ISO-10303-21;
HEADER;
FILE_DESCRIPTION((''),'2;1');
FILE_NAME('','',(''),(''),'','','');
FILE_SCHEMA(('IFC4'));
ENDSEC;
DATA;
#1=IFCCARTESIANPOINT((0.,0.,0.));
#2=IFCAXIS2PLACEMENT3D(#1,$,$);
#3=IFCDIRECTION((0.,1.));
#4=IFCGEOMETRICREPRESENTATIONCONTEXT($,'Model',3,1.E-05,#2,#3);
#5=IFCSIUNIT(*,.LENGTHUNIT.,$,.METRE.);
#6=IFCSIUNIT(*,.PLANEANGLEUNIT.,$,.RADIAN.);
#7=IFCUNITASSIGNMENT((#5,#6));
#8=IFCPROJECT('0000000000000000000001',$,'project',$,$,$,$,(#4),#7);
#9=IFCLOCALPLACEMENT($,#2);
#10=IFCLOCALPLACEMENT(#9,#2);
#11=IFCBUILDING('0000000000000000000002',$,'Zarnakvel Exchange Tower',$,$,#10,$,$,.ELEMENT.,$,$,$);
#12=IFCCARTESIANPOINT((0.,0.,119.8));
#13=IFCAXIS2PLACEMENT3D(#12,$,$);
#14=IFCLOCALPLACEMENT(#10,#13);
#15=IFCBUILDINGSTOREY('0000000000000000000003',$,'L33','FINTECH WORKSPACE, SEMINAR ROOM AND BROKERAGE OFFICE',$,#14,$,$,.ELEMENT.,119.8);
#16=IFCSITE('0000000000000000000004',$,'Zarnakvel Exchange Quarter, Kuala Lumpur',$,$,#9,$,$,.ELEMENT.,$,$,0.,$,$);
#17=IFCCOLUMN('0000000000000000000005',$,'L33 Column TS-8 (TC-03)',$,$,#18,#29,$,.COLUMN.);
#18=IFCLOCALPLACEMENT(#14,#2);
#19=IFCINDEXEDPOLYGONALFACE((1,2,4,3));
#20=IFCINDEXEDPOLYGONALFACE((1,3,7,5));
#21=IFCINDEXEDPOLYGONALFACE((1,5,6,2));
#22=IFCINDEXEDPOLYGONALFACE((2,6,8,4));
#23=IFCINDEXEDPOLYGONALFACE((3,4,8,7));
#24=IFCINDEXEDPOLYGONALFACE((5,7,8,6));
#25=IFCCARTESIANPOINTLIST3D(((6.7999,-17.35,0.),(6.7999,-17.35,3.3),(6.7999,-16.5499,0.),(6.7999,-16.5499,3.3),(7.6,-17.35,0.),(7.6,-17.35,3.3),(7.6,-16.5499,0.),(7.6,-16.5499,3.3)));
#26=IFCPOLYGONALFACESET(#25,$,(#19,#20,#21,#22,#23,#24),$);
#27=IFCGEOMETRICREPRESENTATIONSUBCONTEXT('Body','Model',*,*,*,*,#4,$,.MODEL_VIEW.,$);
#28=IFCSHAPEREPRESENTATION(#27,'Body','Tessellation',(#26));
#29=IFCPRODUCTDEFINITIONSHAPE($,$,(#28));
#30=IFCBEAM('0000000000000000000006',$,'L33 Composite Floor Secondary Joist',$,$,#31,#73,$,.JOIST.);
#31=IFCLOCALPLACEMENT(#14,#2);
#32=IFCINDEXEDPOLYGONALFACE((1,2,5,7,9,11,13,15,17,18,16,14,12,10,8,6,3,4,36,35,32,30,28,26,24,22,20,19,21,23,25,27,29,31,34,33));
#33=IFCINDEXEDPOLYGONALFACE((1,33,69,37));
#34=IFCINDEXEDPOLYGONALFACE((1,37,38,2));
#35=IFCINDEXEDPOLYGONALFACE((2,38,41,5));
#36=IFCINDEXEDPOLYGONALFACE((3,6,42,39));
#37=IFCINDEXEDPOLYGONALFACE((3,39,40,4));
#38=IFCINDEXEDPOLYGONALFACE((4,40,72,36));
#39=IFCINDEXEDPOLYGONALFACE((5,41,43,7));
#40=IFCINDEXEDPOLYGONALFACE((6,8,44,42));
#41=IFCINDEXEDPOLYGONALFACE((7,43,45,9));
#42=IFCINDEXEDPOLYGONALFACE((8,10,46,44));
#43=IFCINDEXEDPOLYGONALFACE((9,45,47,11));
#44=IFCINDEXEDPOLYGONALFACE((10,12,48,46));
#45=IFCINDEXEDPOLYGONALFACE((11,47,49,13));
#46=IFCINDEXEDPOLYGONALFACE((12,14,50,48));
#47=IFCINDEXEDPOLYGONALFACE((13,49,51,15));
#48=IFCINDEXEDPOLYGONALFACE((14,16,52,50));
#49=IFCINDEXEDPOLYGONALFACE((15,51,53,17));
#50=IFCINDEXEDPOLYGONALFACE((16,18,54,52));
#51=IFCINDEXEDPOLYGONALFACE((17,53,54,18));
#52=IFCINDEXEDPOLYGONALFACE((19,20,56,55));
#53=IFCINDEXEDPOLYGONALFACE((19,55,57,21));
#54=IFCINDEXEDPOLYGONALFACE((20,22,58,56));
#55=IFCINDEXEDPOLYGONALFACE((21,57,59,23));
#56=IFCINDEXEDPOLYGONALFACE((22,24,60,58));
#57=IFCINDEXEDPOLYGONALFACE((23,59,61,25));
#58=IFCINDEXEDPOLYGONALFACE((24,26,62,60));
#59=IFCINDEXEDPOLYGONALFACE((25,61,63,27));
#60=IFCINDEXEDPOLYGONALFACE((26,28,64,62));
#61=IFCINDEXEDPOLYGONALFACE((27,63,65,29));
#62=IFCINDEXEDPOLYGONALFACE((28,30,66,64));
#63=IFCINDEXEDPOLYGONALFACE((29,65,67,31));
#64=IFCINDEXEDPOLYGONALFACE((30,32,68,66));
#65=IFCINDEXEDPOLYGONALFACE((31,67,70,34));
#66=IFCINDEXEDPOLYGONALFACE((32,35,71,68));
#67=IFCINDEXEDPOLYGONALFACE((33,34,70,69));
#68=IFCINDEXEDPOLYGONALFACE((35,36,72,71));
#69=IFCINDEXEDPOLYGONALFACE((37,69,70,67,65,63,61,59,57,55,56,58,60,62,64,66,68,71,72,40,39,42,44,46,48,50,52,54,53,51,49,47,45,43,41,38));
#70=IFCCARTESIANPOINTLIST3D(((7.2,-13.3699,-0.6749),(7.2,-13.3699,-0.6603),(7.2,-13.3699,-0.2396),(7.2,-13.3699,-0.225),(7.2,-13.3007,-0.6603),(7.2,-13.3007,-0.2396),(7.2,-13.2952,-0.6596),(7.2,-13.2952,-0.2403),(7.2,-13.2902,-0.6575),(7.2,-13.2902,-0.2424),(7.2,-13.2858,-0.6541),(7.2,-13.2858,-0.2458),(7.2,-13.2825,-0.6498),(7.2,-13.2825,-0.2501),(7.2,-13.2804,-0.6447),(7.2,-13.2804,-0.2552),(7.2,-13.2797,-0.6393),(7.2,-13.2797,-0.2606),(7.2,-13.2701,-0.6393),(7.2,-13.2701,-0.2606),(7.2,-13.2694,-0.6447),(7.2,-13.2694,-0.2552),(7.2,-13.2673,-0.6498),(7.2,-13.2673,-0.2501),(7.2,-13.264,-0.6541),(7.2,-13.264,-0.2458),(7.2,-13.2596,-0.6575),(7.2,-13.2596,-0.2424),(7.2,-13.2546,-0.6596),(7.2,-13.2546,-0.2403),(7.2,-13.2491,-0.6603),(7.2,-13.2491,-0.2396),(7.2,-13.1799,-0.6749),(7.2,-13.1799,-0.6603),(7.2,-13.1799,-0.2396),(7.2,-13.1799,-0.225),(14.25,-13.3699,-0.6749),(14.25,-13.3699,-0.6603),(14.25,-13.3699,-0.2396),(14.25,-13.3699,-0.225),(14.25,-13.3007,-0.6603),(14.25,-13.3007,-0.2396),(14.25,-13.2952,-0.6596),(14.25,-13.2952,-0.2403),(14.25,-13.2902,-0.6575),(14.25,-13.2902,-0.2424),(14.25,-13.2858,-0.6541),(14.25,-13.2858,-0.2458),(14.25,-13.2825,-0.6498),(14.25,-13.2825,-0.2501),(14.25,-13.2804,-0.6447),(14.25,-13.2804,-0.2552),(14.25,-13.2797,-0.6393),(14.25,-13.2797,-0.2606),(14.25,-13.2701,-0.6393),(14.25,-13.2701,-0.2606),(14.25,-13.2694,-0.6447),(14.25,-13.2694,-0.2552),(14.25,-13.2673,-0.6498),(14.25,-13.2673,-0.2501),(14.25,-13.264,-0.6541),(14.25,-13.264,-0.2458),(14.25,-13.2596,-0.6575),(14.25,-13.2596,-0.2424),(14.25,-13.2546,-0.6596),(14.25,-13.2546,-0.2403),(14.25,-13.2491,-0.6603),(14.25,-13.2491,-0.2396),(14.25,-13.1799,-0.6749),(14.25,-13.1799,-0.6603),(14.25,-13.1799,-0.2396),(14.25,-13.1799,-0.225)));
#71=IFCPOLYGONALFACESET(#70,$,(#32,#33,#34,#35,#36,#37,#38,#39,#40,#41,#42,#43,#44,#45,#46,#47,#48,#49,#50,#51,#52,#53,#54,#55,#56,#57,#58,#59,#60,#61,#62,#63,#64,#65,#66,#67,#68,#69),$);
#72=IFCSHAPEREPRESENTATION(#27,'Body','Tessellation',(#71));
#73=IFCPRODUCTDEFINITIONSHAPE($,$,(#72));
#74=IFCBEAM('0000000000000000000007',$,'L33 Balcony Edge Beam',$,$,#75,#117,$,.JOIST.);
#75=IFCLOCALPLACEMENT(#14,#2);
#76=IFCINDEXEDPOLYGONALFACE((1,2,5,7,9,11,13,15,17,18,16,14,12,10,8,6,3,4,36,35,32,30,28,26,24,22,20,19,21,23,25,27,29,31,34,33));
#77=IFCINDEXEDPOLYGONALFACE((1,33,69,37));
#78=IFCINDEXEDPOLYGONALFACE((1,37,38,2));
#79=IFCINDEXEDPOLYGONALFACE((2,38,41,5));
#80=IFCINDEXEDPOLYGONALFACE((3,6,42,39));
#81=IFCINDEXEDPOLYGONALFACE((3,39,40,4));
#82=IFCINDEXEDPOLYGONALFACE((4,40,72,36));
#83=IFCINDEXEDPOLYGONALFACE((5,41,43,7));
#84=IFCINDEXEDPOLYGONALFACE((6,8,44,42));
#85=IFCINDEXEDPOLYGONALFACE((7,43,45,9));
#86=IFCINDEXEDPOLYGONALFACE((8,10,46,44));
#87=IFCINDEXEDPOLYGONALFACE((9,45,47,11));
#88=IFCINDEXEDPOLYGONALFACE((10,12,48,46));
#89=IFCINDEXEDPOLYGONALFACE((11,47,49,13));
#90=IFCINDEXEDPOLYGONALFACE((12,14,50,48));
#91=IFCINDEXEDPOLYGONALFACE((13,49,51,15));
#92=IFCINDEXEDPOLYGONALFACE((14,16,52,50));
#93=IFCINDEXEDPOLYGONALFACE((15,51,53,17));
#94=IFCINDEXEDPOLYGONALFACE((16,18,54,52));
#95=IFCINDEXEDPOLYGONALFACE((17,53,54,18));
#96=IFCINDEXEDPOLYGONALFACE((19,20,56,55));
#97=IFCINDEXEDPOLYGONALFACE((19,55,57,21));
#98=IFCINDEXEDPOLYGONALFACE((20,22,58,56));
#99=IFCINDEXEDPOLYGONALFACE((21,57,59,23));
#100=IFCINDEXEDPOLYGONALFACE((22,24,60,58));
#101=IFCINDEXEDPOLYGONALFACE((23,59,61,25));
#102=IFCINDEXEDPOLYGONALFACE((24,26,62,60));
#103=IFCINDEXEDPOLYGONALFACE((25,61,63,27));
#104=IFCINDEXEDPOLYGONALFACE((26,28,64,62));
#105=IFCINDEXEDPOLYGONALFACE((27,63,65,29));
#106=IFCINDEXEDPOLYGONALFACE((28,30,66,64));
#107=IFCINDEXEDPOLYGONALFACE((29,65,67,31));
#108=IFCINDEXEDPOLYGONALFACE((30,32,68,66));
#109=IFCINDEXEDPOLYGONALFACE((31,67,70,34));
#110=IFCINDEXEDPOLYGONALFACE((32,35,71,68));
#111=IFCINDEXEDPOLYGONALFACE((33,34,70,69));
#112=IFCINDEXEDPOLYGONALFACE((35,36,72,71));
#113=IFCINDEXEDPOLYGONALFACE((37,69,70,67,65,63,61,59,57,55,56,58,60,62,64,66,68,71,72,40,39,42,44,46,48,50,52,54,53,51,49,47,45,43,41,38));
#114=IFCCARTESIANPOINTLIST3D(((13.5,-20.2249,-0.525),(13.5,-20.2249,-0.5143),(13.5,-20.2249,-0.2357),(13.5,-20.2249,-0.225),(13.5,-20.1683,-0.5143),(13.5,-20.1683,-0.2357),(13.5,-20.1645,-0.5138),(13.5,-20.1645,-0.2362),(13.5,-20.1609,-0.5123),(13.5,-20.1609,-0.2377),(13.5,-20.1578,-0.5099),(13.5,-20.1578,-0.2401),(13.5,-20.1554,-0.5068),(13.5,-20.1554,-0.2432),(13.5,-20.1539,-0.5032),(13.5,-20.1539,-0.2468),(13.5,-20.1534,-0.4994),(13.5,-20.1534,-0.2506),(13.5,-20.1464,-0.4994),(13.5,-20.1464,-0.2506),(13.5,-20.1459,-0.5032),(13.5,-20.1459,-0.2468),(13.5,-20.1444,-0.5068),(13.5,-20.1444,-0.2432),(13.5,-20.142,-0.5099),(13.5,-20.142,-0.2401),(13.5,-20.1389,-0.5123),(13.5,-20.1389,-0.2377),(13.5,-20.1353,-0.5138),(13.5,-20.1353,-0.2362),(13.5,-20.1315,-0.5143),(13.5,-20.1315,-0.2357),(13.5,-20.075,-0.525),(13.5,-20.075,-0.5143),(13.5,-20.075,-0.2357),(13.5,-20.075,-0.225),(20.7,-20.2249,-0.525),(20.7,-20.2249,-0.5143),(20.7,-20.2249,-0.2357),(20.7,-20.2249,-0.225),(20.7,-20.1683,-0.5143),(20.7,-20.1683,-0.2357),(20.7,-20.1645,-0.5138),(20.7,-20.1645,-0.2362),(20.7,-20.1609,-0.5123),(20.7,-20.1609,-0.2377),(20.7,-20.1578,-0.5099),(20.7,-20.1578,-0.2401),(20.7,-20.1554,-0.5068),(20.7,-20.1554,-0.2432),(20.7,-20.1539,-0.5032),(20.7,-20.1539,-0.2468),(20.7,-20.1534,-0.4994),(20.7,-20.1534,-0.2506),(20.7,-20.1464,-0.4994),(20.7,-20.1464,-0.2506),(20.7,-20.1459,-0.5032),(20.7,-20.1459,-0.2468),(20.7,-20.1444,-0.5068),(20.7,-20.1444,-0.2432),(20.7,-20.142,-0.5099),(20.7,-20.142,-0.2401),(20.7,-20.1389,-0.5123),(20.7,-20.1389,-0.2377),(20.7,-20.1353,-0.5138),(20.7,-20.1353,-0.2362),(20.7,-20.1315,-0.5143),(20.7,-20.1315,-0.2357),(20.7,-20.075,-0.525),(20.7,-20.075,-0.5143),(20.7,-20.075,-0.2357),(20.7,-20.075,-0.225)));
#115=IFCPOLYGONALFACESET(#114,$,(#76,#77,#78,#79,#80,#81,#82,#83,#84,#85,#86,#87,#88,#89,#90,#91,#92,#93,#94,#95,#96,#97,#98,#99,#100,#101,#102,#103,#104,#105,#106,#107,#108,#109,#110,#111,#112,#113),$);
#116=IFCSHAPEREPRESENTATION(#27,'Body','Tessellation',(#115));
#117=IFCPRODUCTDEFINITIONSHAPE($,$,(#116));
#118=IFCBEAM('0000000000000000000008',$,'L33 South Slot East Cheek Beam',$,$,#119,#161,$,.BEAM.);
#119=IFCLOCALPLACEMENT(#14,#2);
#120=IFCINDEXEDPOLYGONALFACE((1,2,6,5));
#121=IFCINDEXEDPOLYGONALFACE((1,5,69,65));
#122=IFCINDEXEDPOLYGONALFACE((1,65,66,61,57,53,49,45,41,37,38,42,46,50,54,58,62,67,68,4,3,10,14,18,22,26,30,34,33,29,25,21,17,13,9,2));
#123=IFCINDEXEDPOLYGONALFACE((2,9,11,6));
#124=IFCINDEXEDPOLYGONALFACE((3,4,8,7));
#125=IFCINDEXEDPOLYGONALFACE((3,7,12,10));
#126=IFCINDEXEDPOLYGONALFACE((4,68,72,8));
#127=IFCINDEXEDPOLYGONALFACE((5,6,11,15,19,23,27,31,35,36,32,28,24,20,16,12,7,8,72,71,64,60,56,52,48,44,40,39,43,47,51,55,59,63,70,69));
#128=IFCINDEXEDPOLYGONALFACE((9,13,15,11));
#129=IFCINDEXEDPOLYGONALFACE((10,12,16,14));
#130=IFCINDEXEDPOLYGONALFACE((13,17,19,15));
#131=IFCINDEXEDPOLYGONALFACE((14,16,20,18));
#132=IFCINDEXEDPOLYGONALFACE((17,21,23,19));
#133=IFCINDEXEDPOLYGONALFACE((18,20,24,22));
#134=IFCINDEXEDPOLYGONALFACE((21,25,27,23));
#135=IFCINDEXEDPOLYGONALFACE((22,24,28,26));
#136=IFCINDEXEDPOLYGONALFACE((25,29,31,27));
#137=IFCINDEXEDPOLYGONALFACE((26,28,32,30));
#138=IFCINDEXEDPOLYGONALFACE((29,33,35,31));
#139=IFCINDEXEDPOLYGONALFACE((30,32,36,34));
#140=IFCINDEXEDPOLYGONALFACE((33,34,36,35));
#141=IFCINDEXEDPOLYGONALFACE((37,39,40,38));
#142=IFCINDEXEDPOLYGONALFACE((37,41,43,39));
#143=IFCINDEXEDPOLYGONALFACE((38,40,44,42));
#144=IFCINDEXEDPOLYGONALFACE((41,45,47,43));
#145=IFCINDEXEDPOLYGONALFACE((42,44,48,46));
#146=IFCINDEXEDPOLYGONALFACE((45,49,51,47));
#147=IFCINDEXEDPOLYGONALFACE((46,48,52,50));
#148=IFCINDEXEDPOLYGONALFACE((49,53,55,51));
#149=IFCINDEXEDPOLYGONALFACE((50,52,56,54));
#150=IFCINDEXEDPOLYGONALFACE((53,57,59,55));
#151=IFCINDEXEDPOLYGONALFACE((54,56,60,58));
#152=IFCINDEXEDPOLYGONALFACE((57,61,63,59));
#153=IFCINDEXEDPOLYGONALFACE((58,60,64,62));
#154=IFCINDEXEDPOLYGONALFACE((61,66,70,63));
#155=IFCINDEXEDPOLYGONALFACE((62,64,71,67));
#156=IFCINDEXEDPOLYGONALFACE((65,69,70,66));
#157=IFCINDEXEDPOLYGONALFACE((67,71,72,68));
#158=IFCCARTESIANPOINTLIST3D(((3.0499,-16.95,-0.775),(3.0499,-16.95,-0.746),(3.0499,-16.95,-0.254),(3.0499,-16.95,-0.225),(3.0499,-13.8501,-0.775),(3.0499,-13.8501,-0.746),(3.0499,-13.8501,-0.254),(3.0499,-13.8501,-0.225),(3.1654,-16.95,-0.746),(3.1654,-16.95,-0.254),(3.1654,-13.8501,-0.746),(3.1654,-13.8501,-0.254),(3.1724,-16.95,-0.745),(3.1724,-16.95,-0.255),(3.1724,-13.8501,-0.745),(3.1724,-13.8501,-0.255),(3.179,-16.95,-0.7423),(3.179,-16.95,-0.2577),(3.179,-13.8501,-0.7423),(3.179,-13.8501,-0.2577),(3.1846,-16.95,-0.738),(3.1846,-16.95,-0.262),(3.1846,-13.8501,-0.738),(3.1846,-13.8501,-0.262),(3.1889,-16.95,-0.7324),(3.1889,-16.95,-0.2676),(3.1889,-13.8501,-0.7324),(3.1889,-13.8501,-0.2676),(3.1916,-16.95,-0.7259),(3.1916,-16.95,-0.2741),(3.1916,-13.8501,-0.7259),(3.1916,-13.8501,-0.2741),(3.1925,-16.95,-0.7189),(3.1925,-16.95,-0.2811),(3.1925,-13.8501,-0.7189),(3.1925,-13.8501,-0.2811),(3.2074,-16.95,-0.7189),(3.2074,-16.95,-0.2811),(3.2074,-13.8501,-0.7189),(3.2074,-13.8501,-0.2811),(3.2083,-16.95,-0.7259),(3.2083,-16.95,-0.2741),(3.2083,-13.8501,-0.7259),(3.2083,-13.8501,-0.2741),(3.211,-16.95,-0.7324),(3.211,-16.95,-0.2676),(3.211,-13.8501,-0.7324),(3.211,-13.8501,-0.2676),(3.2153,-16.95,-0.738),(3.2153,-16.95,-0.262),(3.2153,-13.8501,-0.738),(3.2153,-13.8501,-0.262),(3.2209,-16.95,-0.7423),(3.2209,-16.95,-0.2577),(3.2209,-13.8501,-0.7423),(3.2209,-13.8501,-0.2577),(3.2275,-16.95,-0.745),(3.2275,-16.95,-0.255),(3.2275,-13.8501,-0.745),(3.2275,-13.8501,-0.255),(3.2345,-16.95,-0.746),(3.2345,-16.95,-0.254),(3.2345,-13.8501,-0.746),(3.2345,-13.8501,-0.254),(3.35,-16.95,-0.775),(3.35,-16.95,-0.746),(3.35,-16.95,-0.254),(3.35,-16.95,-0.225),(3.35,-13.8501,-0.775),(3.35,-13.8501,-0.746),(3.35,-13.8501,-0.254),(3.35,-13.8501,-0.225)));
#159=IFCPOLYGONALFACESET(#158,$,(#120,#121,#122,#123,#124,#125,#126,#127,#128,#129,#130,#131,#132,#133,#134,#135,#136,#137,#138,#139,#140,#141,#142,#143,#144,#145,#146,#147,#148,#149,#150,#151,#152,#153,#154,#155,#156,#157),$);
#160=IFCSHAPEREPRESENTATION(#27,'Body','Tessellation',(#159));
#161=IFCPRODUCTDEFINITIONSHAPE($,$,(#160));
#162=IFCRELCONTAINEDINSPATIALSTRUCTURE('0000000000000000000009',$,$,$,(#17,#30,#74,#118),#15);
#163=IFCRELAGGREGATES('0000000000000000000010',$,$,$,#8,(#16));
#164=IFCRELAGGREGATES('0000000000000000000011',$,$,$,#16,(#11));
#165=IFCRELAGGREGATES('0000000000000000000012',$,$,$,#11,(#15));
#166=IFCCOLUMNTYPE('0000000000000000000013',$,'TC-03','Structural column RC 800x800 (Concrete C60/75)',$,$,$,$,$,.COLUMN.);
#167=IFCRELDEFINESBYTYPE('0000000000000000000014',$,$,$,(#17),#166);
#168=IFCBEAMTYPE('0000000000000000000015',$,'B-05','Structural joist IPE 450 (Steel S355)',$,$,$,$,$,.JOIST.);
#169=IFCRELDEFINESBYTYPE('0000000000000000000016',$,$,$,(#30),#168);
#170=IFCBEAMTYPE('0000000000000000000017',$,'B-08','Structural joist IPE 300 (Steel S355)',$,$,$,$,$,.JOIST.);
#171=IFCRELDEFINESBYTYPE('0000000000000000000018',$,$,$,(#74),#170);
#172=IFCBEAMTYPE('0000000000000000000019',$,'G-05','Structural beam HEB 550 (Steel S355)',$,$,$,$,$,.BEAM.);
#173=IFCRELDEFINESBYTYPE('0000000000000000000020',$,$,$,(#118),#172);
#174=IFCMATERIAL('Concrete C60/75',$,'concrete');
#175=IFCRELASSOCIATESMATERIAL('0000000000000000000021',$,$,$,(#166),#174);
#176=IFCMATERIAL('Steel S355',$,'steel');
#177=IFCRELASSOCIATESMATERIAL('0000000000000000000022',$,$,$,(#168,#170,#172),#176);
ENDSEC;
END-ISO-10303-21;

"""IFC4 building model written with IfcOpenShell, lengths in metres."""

from ifc_helpers import new_model, si_unit, direction, frame, origin, origin_2d, place, context, subcontext, project, spatial, rectangle, i_section, extrude, material, material_profile, profile_set, type_object, element, save


model = new_model("IFC4")

# Units and contexts
model_context = context("Model", 3, precision=1e-05, world=origin(), true_north=direction((0.0, 1.0)))
body_context = subcontext(model_context, "Body", "Model", "MODEL_VIEW")
ifc_project = project(units=[si_unit("LENGTHUNIT", "METRE"), si_unit("PLANEANGLEUNIT", "RADIAN")], contexts=[model_context])

# Site, building, storey
site_placement = place(None, origin())
site = spatial("IfcSite", under=ifc_project, at=site_placement, Name="Zarnakvel Exchange Quarter, Kuala Lumpur", CompositionType="ELEMENT", RefElevation=0.0)
building_placement = place(site_placement, origin())
building = spatial("IfcBuilding", under=site, at=building_placement, Name="Zarnakvel Exchange Tower", CompositionType="ELEMENT")
storey_placement = place(building_placement, frame((0.0, 0.0, 119.8)))
storey = spatial("IfcBuildingStorey", under=building, at=storey_placement, Name="L33", Description="FINTECH WORKSPACE, SEMINAR ROOM AND BROKERAGE OFFICE", CompositionType="ELEMENT", Elevation=119.8)

# Column
ifc_material_1 = material(Name="Concrete C60/75", Category="concrete")
ifc_material_profile_1 = material_profile(ifc_material_1, rectangle(XDim=0.8, YDim=0.8, at=origin_2d()))
ifc_profile_set_1 = profile_set([ifc_material_profile_1], Name="Concrete C60/75")
column_type = type_object("IfcColumnType", Name="TC-03", Description="Structural column RC 800x800 (Concrete C60/75)", PredefinedType="COLUMN", material=ifc_profile_set_1)
column_placement = place(storey_placement, frame((7.2, -16.95, 0.0), z_axis=(0.0, 0.0, 1.0), x_axis=(1.0, 0.0, 0.0)))
element("IfcColumn", 1, at=column_placement, inside=storey, type_object=column_type, Name="L33 Column TS-8 (TC-03)", PredefinedType="COLUMN", context=body_context, shape_type="SweptSolid", body=[
    extrude(rectangle(XDim=0.8, YDim=0.8, at=origin_2d()), origin(), (0.0, 0.0, 1.0), 3.3),
])

# Beams
ifc_material_2 = material(Name="Steel S355", Category="steel")
ifc_material_profile_2 = material_profile(ifc_material_2, i_section(OverallWidth=0.1899, OverallDepth=0.45, WebThickness=0.0095, FlangeThickness=0.0146, FilletRadius=0.021, at=origin_2d()))
ifc_profile_set_2 = profile_set([ifc_material_profile_2], Name="Steel S355")
beam_type_1 = type_object("IfcBeamType", Name="B-05", Description="Structural joist IPE 450 (Steel S355)", PredefinedType="JOIST", material=ifc_profile_set_2)
beam_1_placement = place(storey_placement, frame((7.2, -13.2749, -0.45), z_axis=(1.0, 0.0, 0.0), x_axis=(0.0, 1.0, 0.0)))
element("IfcBeam", 2, at=beam_1_placement, inside=storey, type_object=beam_type_1, Name="L33 Composite Floor Secondary Joist", PredefinedType="JOIST", context=body_context, shape_type="SweptSolid", body=[
    extrude(i_section(OverallWidth=0.1899, OverallDepth=0.45, WebThickness=0.0095, FlangeThickness=0.0146, FilletRadius=0.021, at=origin_2d()), origin(), (0.0, 0.0, 1.0), 7.05),
])
ifc_material_profile_3 = material_profile(ifc_material_2, i_section(OverallWidth=0.1499, OverallDepth=0.3, WebThickness=0.0071, FlangeThickness=0.0107, FilletRadius=0.0149, at=origin_2d()))
ifc_profile_set_3 = profile_set([ifc_material_profile_3], Name="Steel S355")
beam_type_2 = type_object("IfcBeamType", Name="B-08", Description="Structural joist IPE 300 (Steel S355)", PredefinedType="JOIST", material=ifc_profile_set_3)
beam_2_placement = place(storey_placement, frame((13.5, -20.1499, -0.375), z_axis=(1.0, 0.0, 0.0), x_axis=(0.0, 1.0, 0.0)))
element("IfcBeam", 3, at=beam_2_placement, inside=storey, type_object=beam_type_2, Name="L33 Balcony Edge Beam", PredefinedType="JOIST", context=body_context, shape_type="SweptSolid", body=[
    extrude(i_section(OverallWidth=0.1499, OverallDepth=0.3, WebThickness=0.0071, FlangeThickness=0.0107, FilletRadius=0.0149, at=origin_2d()), origin(), (0.0, 0.0, 1.0), 7.2),
])
ifc_material_profile_4 = material_profile(ifc_material_2, i_section(OverallWidth=0.3, OverallDepth=0.55, WebThickness=0.0149, FlangeThickness=0.0291, FilletRadius=0.0271, at=origin_2d()))
ifc_profile_set_4 = profile_set([ifc_material_profile_4], Name="Steel S355")
beam_type_3 = type_object("IfcBeamType", Name="G-05", Description="Structural beam HEB 550 (Steel S355)", PredefinedType="BEAM", material=ifc_profile_set_4)
beam_3_placement = place(storey_placement, frame((3.2, -16.95, -0.5), z_axis=(0.0, 1.0, 0.0), x_axis=(-1.0, 0.0, 0.0)))
element("IfcBeam", 4, at=beam_3_placement, inside=storey, type_object=beam_type_3, Name="L33 South Slot East Cheek Beam", PredefinedType="BEAM", context=body_context, shape_type="SweptSolid", body=[
    extrude(i_section(OverallWidth=0.3, OverallDepth=0.55, WebThickness=0.0149, FlangeThickness=0.0291, FilletRadius=0.0271, at=origin_2d()), origin(), (0.0, 0.0, 1.0), 3.0999),
])

save(model, "model.ifc")
